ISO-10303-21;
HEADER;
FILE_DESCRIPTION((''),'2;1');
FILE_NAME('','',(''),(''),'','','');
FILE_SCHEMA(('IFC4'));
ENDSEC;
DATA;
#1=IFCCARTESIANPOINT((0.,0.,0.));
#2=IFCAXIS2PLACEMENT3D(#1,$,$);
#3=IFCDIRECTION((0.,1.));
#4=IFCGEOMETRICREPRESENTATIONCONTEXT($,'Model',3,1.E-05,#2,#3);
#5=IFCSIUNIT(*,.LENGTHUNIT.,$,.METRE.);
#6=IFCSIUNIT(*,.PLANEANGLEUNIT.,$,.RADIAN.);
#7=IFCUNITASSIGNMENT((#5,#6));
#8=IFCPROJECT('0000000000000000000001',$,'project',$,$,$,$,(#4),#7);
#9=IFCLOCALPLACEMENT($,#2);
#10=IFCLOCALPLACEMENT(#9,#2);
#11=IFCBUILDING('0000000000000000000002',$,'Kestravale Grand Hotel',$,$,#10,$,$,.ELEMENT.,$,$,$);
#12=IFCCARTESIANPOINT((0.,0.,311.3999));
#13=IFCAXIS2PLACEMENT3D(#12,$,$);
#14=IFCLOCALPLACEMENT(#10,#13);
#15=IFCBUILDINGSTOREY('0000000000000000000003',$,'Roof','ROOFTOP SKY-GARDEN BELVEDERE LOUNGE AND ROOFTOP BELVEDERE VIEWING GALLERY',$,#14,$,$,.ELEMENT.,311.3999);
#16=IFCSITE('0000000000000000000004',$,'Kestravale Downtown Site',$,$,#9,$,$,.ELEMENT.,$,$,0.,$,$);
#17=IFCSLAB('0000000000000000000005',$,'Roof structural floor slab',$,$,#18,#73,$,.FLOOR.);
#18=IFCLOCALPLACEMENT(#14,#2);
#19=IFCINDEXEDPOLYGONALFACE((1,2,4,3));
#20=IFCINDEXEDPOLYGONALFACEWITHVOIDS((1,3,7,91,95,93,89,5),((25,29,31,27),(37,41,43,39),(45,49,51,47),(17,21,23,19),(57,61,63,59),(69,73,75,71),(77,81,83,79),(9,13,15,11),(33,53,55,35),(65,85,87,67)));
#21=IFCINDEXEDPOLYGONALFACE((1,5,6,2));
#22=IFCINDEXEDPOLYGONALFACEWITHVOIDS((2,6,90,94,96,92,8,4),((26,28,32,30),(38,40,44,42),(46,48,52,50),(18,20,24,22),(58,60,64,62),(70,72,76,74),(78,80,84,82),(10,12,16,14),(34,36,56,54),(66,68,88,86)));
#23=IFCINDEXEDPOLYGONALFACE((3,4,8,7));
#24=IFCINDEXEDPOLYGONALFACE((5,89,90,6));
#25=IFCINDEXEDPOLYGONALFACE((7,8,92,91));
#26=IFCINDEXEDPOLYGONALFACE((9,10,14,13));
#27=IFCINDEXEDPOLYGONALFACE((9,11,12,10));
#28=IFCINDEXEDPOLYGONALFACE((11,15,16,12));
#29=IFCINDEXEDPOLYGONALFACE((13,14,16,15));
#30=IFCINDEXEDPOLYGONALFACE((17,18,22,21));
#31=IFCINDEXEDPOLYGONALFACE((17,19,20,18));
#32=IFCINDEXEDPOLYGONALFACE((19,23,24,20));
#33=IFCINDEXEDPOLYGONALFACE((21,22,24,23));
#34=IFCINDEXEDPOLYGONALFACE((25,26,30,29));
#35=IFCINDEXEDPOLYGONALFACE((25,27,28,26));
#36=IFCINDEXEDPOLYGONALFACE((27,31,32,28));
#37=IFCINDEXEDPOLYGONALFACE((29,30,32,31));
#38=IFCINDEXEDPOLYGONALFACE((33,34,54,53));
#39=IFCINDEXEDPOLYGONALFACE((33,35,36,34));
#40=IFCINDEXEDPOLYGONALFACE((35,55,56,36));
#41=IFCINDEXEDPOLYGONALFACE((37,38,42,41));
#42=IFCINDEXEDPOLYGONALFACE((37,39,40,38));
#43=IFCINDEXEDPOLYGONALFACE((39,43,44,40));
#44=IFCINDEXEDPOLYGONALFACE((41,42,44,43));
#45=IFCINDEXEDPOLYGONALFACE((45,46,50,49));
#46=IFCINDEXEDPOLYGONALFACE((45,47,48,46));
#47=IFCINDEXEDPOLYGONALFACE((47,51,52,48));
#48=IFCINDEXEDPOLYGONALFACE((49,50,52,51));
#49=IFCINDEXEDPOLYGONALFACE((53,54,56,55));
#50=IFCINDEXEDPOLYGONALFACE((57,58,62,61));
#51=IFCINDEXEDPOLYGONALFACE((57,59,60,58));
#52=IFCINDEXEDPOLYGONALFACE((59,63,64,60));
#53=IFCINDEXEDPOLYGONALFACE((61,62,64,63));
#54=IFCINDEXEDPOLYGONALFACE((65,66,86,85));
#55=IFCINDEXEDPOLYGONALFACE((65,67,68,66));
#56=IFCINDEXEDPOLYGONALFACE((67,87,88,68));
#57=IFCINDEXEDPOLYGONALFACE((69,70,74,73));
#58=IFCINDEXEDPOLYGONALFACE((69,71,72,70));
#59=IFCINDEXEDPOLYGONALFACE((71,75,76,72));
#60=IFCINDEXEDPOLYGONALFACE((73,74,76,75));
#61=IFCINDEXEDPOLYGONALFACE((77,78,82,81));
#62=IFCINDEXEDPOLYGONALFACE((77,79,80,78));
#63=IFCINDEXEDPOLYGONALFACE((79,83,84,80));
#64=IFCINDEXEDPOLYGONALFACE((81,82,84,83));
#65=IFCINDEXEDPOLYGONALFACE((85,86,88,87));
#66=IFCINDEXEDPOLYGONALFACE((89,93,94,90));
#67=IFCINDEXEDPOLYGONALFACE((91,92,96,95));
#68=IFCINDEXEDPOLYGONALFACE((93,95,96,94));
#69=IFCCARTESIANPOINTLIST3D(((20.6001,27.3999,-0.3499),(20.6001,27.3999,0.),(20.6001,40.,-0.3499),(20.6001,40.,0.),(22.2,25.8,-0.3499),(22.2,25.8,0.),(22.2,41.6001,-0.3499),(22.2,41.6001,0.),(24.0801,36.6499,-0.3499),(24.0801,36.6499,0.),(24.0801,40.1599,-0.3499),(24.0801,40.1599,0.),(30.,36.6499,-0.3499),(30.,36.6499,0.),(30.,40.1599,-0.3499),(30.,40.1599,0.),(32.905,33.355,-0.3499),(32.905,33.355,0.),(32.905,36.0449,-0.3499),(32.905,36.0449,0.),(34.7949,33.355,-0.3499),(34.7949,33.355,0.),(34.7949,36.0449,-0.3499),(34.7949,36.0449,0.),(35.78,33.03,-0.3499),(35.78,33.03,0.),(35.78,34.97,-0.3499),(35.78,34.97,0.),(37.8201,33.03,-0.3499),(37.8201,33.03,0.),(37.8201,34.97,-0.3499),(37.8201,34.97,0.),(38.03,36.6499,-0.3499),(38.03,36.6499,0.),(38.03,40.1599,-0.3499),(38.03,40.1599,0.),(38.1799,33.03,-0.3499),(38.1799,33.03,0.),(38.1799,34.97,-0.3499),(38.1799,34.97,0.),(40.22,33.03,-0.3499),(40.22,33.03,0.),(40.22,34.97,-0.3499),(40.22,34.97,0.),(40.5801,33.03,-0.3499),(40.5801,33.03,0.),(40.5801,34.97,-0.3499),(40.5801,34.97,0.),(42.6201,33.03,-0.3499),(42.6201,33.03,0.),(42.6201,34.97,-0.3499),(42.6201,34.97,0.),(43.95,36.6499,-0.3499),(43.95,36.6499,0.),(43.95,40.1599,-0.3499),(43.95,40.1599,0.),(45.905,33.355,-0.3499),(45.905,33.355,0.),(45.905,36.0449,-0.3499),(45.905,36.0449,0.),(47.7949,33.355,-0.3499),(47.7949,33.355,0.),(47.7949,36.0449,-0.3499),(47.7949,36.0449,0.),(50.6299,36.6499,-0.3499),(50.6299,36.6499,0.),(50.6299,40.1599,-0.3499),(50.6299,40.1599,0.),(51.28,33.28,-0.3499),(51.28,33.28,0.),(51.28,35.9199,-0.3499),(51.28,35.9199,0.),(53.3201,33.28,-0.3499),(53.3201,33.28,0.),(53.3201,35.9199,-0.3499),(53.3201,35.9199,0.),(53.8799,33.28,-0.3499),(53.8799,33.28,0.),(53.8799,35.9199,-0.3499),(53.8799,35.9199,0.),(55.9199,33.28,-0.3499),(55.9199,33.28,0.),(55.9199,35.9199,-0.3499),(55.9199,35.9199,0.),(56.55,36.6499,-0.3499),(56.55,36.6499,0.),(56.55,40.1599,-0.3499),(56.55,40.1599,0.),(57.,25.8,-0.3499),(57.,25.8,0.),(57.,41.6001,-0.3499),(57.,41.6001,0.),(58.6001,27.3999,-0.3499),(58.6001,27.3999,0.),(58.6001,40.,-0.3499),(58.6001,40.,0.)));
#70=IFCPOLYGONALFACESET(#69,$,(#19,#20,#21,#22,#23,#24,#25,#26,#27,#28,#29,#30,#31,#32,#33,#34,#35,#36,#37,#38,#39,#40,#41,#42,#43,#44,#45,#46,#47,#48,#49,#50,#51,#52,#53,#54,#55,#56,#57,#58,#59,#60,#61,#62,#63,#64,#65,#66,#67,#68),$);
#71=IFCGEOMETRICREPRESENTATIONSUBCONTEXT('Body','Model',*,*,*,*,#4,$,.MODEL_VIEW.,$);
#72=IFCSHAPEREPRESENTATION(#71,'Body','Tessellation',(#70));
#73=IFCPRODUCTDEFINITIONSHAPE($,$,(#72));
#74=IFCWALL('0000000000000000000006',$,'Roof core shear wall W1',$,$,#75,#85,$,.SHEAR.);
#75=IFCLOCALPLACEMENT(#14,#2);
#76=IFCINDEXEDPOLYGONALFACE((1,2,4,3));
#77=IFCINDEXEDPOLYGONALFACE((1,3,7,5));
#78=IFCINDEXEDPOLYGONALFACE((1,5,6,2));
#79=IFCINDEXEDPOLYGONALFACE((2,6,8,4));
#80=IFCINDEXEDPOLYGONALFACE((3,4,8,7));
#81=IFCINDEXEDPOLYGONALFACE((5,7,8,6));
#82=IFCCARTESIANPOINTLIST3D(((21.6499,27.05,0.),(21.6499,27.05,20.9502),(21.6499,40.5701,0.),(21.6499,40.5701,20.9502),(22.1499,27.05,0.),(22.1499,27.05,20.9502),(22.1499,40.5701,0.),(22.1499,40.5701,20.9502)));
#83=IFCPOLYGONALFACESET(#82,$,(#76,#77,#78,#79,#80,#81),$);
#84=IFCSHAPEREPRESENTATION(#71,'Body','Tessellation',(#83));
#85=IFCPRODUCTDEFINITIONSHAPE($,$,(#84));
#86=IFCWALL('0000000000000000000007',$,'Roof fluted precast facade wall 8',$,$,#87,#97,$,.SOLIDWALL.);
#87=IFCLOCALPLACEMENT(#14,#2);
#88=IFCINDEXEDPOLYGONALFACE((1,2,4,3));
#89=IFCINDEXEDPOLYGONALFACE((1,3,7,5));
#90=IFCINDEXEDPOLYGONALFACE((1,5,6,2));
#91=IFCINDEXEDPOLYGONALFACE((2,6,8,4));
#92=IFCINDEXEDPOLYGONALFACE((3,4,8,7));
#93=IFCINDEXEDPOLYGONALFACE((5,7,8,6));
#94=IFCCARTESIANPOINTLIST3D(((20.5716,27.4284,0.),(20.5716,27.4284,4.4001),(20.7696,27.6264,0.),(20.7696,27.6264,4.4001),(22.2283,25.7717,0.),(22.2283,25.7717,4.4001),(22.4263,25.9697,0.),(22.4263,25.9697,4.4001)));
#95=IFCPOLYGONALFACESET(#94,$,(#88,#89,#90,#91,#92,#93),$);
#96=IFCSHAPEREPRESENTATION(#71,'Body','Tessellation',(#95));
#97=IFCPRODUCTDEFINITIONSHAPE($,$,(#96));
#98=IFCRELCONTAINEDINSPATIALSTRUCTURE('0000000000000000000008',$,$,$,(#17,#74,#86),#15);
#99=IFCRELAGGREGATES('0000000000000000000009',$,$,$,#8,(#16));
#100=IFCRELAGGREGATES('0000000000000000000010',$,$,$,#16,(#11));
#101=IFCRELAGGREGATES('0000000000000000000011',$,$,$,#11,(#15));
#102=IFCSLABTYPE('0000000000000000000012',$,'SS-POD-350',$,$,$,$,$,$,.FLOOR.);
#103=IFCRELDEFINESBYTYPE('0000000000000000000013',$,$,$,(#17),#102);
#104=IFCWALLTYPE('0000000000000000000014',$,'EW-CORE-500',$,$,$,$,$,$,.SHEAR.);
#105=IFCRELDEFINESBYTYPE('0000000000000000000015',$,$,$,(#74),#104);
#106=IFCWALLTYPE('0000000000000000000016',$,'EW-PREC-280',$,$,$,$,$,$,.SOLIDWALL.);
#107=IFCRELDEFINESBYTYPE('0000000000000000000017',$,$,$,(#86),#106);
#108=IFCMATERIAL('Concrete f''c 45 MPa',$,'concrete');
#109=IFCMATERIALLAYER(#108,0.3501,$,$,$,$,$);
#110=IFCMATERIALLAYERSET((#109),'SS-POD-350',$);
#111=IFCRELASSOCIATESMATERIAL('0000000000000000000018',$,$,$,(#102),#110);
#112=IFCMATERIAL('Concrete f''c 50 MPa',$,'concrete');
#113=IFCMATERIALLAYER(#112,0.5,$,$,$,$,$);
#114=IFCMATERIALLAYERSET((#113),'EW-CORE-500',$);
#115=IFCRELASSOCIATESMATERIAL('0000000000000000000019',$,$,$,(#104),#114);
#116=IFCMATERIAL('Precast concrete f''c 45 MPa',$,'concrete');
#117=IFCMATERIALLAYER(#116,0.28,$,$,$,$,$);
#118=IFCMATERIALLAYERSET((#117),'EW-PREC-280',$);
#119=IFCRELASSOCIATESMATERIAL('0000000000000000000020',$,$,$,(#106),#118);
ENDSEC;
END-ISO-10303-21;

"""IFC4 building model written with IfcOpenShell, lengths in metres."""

from ifc_helpers import new_model, si_unit, direction, frame, frame_2d, origin, place, context, subcontext, project, spatial, polyline, rectangle, outline, extrude, material, layer, layer_set, type_object, element, save


model = new_model("IFC4")

# Units and contexts
model_context = context("Model", 3, precision=1e-05, world=origin(), true_north=direction((0.0, 1.0)))
body_context = subcontext(model_context, "Body", "Model", "MODEL_VIEW")
ifc_project = project(units=[si_unit("LENGTHUNIT", "METRE"), si_unit("PLANEANGLEUNIT", "RADIAN")], contexts=[model_context])

# Site, building, storey
site_placement = place(None, origin())
site = spatial("IfcSite", under=ifc_project, at=site_placement, Name="Kestravale Downtown Site", CompositionType="ELEMENT", RefElevation=0.0)
building_placement = place(site_placement, origin())
building = spatial("IfcBuilding", under=site, at=building_placement, Name="Kestravale Grand Hotel", CompositionType="ELEMENT")
storey_placement = place(building_placement, frame((0.0, 0.0, 311.3999)))
storey = spatial("IfcBuildingStorey", under=building, at=storey_placement, Name="Roof", Description="ROOFTOP SKY-GARDEN BELVEDERE LOUNGE AND ROOFTOP BELVEDERE VIEWING GALLERY", CompositionType="ELEMENT", Elevation=311.3999)

# Slab
ifc_material_1 = material(Name="Concrete f'c 45 MPa", Category="concrete")
ifc_layer_1 = layer(ifc_material_1, 0.3501)
ifc_layer_set_1 = layer_set([ifc_layer_1], Name="SS-POD-350")
slab_type_1 = type_object("IfcSlabType", Name="SS-POD-350", PredefinedType="FLOOR", material=ifc_layer_set_1)
slab_1_placement = place(storey_placement, frame((0.0, 0.0, -0.3499)))
element("IfcSlab", 1, at=slab_1_placement, inside=storey, type_object=slab_type_1, Name="Roof structural floor slab", PredefinedType="FLOOR", context=body_context, shape_type="SweptSolid", body=[
    extrude(outline(polyline([(22.2, 25.8), (57.0, 25.8), (58.6001, 27.3999), (58.6001, 40.0), (57.0, 41.6001), (22.2, 41.6001), (20.6001, 40.0), (20.6001, 27.3999), (22.2, 25.8)]), holes=[polyline([(24.0801, 36.6499), (30.0, 36.6499), (30.0, 40.1599), (24.0801, 40.1599), (24.0801, 36.6499)]), polyline([(38.03, 36.6499), (43.95, 36.6499), (43.95, 40.1599), (38.03, 40.1599), (38.03, 36.6499)]), polyline([(50.6299, 36.6499), (56.55, 36.6499), (56.55, 40.1599), (50.6299, 40.1599), (50.6299, 36.6499)]), polyline([(35.78, 33.03), (37.8201, 33.03), (37.8201, 34.97), (35.78, 34.97), (35.78, 33.03)]), polyline([(38.1799, 33.03), (40.22, 33.03), (40.22, 34.97), (38.1799, 34.97), (38.1799, 33.03)]), polyline([(40.5801, 33.03), (42.6201, 33.03), (42.6201, 34.97), (40.5801, 34.97), (40.5801, 33.03)]), polyline([(32.905, 33.355), (34.7949, 33.355), (34.7949, 36.0449), (32.905, 36.0449), (32.905, 33.355)]), polyline([(45.905, 33.355), (47.7949, 33.355), (47.7949, 36.0449), (45.905, 36.0449), (45.905, 33.355)]), polyline([(51.28, 33.28), (53.3201, 33.28), (53.3201, 35.9199), (51.28, 35.9199), (51.28, 33.28)]), polyline([(53.8799, 33.28), (55.9199, 33.28), (55.9199, 35.9199), (53.8799, 35.9199), (53.8799, 33.28)])]), origin(), (0.0, 0.0, 1.0), 0.3499),
])

# Walls
ifc_material_2 = material(Name="Concrete f'c 50 MPa", Category="concrete")
ifc_layer_2 = layer(ifc_material_2, 0.5)
ifc_layer_set_2 = layer_set([ifc_layer_2], Name="EW-CORE-500")
wall_type_1 = type_object("IfcWallType", Name="EW-CORE-500", PredefinedType="SHEAR", material=ifc_layer_set_2)
wall_1_placement = place(storey_placement, frame((21.8999, 27.05, 0.0), z_axis=(0.0, 0.0, 1.0), x_axis=(0.0, 1.0, 0.0)))
element("IfcWall", 2, at=wall_1_placement, inside=storey, type_object=wall_type_1, Name="Roof core shear wall W1", PredefinedType="SHEAR", context=body_context, shape_type="SweptSolid", body=[
    extrude(rectangle(XDim=13.52, YDim=0.5, at=frame_2d((6.76, 0.0))), origin(), (0.0, 0.0, 1.0), 20.9502),
])
ifc_material_3 = material(Name="Precast concrete f'c 45 MPa", Category="concrete")
ifc_layer_3 = layer(ifc_material_3, 0.28)
ifc_layer_set_3 = layer_set([ifc_layer_3], Name="EW-PREC-280")
wall_type_2 = type_object("IfcWallType", Name="EW-PREC-280", PredefinedType="SOLIDWALL", material=ifc_layer_set_3)
wall_2_placement = place(storey_placement, frame((20.6707, 27.5273, 0.0), z_axis=(0.0, 0.0, 1.0), x_axis=(0.707107, -0.707107, 0.0)))
element("IfcWall", 3, at=wall_2_placement, inside=storey, type_object=wall_type_2, Name="Roof fluted precast facade wall 8", PredefinedType="SOLIDWALL", context=body_context, shape_type="SweptSolid", body=[
    extrude(rectangle(XDim=2.343, YDim=0.28, at=frame_2d((1.1714, 0.0))), origin(), (0.0, 0.0, 1.0), 4.4001),
])

save(model, "model.ifc")
